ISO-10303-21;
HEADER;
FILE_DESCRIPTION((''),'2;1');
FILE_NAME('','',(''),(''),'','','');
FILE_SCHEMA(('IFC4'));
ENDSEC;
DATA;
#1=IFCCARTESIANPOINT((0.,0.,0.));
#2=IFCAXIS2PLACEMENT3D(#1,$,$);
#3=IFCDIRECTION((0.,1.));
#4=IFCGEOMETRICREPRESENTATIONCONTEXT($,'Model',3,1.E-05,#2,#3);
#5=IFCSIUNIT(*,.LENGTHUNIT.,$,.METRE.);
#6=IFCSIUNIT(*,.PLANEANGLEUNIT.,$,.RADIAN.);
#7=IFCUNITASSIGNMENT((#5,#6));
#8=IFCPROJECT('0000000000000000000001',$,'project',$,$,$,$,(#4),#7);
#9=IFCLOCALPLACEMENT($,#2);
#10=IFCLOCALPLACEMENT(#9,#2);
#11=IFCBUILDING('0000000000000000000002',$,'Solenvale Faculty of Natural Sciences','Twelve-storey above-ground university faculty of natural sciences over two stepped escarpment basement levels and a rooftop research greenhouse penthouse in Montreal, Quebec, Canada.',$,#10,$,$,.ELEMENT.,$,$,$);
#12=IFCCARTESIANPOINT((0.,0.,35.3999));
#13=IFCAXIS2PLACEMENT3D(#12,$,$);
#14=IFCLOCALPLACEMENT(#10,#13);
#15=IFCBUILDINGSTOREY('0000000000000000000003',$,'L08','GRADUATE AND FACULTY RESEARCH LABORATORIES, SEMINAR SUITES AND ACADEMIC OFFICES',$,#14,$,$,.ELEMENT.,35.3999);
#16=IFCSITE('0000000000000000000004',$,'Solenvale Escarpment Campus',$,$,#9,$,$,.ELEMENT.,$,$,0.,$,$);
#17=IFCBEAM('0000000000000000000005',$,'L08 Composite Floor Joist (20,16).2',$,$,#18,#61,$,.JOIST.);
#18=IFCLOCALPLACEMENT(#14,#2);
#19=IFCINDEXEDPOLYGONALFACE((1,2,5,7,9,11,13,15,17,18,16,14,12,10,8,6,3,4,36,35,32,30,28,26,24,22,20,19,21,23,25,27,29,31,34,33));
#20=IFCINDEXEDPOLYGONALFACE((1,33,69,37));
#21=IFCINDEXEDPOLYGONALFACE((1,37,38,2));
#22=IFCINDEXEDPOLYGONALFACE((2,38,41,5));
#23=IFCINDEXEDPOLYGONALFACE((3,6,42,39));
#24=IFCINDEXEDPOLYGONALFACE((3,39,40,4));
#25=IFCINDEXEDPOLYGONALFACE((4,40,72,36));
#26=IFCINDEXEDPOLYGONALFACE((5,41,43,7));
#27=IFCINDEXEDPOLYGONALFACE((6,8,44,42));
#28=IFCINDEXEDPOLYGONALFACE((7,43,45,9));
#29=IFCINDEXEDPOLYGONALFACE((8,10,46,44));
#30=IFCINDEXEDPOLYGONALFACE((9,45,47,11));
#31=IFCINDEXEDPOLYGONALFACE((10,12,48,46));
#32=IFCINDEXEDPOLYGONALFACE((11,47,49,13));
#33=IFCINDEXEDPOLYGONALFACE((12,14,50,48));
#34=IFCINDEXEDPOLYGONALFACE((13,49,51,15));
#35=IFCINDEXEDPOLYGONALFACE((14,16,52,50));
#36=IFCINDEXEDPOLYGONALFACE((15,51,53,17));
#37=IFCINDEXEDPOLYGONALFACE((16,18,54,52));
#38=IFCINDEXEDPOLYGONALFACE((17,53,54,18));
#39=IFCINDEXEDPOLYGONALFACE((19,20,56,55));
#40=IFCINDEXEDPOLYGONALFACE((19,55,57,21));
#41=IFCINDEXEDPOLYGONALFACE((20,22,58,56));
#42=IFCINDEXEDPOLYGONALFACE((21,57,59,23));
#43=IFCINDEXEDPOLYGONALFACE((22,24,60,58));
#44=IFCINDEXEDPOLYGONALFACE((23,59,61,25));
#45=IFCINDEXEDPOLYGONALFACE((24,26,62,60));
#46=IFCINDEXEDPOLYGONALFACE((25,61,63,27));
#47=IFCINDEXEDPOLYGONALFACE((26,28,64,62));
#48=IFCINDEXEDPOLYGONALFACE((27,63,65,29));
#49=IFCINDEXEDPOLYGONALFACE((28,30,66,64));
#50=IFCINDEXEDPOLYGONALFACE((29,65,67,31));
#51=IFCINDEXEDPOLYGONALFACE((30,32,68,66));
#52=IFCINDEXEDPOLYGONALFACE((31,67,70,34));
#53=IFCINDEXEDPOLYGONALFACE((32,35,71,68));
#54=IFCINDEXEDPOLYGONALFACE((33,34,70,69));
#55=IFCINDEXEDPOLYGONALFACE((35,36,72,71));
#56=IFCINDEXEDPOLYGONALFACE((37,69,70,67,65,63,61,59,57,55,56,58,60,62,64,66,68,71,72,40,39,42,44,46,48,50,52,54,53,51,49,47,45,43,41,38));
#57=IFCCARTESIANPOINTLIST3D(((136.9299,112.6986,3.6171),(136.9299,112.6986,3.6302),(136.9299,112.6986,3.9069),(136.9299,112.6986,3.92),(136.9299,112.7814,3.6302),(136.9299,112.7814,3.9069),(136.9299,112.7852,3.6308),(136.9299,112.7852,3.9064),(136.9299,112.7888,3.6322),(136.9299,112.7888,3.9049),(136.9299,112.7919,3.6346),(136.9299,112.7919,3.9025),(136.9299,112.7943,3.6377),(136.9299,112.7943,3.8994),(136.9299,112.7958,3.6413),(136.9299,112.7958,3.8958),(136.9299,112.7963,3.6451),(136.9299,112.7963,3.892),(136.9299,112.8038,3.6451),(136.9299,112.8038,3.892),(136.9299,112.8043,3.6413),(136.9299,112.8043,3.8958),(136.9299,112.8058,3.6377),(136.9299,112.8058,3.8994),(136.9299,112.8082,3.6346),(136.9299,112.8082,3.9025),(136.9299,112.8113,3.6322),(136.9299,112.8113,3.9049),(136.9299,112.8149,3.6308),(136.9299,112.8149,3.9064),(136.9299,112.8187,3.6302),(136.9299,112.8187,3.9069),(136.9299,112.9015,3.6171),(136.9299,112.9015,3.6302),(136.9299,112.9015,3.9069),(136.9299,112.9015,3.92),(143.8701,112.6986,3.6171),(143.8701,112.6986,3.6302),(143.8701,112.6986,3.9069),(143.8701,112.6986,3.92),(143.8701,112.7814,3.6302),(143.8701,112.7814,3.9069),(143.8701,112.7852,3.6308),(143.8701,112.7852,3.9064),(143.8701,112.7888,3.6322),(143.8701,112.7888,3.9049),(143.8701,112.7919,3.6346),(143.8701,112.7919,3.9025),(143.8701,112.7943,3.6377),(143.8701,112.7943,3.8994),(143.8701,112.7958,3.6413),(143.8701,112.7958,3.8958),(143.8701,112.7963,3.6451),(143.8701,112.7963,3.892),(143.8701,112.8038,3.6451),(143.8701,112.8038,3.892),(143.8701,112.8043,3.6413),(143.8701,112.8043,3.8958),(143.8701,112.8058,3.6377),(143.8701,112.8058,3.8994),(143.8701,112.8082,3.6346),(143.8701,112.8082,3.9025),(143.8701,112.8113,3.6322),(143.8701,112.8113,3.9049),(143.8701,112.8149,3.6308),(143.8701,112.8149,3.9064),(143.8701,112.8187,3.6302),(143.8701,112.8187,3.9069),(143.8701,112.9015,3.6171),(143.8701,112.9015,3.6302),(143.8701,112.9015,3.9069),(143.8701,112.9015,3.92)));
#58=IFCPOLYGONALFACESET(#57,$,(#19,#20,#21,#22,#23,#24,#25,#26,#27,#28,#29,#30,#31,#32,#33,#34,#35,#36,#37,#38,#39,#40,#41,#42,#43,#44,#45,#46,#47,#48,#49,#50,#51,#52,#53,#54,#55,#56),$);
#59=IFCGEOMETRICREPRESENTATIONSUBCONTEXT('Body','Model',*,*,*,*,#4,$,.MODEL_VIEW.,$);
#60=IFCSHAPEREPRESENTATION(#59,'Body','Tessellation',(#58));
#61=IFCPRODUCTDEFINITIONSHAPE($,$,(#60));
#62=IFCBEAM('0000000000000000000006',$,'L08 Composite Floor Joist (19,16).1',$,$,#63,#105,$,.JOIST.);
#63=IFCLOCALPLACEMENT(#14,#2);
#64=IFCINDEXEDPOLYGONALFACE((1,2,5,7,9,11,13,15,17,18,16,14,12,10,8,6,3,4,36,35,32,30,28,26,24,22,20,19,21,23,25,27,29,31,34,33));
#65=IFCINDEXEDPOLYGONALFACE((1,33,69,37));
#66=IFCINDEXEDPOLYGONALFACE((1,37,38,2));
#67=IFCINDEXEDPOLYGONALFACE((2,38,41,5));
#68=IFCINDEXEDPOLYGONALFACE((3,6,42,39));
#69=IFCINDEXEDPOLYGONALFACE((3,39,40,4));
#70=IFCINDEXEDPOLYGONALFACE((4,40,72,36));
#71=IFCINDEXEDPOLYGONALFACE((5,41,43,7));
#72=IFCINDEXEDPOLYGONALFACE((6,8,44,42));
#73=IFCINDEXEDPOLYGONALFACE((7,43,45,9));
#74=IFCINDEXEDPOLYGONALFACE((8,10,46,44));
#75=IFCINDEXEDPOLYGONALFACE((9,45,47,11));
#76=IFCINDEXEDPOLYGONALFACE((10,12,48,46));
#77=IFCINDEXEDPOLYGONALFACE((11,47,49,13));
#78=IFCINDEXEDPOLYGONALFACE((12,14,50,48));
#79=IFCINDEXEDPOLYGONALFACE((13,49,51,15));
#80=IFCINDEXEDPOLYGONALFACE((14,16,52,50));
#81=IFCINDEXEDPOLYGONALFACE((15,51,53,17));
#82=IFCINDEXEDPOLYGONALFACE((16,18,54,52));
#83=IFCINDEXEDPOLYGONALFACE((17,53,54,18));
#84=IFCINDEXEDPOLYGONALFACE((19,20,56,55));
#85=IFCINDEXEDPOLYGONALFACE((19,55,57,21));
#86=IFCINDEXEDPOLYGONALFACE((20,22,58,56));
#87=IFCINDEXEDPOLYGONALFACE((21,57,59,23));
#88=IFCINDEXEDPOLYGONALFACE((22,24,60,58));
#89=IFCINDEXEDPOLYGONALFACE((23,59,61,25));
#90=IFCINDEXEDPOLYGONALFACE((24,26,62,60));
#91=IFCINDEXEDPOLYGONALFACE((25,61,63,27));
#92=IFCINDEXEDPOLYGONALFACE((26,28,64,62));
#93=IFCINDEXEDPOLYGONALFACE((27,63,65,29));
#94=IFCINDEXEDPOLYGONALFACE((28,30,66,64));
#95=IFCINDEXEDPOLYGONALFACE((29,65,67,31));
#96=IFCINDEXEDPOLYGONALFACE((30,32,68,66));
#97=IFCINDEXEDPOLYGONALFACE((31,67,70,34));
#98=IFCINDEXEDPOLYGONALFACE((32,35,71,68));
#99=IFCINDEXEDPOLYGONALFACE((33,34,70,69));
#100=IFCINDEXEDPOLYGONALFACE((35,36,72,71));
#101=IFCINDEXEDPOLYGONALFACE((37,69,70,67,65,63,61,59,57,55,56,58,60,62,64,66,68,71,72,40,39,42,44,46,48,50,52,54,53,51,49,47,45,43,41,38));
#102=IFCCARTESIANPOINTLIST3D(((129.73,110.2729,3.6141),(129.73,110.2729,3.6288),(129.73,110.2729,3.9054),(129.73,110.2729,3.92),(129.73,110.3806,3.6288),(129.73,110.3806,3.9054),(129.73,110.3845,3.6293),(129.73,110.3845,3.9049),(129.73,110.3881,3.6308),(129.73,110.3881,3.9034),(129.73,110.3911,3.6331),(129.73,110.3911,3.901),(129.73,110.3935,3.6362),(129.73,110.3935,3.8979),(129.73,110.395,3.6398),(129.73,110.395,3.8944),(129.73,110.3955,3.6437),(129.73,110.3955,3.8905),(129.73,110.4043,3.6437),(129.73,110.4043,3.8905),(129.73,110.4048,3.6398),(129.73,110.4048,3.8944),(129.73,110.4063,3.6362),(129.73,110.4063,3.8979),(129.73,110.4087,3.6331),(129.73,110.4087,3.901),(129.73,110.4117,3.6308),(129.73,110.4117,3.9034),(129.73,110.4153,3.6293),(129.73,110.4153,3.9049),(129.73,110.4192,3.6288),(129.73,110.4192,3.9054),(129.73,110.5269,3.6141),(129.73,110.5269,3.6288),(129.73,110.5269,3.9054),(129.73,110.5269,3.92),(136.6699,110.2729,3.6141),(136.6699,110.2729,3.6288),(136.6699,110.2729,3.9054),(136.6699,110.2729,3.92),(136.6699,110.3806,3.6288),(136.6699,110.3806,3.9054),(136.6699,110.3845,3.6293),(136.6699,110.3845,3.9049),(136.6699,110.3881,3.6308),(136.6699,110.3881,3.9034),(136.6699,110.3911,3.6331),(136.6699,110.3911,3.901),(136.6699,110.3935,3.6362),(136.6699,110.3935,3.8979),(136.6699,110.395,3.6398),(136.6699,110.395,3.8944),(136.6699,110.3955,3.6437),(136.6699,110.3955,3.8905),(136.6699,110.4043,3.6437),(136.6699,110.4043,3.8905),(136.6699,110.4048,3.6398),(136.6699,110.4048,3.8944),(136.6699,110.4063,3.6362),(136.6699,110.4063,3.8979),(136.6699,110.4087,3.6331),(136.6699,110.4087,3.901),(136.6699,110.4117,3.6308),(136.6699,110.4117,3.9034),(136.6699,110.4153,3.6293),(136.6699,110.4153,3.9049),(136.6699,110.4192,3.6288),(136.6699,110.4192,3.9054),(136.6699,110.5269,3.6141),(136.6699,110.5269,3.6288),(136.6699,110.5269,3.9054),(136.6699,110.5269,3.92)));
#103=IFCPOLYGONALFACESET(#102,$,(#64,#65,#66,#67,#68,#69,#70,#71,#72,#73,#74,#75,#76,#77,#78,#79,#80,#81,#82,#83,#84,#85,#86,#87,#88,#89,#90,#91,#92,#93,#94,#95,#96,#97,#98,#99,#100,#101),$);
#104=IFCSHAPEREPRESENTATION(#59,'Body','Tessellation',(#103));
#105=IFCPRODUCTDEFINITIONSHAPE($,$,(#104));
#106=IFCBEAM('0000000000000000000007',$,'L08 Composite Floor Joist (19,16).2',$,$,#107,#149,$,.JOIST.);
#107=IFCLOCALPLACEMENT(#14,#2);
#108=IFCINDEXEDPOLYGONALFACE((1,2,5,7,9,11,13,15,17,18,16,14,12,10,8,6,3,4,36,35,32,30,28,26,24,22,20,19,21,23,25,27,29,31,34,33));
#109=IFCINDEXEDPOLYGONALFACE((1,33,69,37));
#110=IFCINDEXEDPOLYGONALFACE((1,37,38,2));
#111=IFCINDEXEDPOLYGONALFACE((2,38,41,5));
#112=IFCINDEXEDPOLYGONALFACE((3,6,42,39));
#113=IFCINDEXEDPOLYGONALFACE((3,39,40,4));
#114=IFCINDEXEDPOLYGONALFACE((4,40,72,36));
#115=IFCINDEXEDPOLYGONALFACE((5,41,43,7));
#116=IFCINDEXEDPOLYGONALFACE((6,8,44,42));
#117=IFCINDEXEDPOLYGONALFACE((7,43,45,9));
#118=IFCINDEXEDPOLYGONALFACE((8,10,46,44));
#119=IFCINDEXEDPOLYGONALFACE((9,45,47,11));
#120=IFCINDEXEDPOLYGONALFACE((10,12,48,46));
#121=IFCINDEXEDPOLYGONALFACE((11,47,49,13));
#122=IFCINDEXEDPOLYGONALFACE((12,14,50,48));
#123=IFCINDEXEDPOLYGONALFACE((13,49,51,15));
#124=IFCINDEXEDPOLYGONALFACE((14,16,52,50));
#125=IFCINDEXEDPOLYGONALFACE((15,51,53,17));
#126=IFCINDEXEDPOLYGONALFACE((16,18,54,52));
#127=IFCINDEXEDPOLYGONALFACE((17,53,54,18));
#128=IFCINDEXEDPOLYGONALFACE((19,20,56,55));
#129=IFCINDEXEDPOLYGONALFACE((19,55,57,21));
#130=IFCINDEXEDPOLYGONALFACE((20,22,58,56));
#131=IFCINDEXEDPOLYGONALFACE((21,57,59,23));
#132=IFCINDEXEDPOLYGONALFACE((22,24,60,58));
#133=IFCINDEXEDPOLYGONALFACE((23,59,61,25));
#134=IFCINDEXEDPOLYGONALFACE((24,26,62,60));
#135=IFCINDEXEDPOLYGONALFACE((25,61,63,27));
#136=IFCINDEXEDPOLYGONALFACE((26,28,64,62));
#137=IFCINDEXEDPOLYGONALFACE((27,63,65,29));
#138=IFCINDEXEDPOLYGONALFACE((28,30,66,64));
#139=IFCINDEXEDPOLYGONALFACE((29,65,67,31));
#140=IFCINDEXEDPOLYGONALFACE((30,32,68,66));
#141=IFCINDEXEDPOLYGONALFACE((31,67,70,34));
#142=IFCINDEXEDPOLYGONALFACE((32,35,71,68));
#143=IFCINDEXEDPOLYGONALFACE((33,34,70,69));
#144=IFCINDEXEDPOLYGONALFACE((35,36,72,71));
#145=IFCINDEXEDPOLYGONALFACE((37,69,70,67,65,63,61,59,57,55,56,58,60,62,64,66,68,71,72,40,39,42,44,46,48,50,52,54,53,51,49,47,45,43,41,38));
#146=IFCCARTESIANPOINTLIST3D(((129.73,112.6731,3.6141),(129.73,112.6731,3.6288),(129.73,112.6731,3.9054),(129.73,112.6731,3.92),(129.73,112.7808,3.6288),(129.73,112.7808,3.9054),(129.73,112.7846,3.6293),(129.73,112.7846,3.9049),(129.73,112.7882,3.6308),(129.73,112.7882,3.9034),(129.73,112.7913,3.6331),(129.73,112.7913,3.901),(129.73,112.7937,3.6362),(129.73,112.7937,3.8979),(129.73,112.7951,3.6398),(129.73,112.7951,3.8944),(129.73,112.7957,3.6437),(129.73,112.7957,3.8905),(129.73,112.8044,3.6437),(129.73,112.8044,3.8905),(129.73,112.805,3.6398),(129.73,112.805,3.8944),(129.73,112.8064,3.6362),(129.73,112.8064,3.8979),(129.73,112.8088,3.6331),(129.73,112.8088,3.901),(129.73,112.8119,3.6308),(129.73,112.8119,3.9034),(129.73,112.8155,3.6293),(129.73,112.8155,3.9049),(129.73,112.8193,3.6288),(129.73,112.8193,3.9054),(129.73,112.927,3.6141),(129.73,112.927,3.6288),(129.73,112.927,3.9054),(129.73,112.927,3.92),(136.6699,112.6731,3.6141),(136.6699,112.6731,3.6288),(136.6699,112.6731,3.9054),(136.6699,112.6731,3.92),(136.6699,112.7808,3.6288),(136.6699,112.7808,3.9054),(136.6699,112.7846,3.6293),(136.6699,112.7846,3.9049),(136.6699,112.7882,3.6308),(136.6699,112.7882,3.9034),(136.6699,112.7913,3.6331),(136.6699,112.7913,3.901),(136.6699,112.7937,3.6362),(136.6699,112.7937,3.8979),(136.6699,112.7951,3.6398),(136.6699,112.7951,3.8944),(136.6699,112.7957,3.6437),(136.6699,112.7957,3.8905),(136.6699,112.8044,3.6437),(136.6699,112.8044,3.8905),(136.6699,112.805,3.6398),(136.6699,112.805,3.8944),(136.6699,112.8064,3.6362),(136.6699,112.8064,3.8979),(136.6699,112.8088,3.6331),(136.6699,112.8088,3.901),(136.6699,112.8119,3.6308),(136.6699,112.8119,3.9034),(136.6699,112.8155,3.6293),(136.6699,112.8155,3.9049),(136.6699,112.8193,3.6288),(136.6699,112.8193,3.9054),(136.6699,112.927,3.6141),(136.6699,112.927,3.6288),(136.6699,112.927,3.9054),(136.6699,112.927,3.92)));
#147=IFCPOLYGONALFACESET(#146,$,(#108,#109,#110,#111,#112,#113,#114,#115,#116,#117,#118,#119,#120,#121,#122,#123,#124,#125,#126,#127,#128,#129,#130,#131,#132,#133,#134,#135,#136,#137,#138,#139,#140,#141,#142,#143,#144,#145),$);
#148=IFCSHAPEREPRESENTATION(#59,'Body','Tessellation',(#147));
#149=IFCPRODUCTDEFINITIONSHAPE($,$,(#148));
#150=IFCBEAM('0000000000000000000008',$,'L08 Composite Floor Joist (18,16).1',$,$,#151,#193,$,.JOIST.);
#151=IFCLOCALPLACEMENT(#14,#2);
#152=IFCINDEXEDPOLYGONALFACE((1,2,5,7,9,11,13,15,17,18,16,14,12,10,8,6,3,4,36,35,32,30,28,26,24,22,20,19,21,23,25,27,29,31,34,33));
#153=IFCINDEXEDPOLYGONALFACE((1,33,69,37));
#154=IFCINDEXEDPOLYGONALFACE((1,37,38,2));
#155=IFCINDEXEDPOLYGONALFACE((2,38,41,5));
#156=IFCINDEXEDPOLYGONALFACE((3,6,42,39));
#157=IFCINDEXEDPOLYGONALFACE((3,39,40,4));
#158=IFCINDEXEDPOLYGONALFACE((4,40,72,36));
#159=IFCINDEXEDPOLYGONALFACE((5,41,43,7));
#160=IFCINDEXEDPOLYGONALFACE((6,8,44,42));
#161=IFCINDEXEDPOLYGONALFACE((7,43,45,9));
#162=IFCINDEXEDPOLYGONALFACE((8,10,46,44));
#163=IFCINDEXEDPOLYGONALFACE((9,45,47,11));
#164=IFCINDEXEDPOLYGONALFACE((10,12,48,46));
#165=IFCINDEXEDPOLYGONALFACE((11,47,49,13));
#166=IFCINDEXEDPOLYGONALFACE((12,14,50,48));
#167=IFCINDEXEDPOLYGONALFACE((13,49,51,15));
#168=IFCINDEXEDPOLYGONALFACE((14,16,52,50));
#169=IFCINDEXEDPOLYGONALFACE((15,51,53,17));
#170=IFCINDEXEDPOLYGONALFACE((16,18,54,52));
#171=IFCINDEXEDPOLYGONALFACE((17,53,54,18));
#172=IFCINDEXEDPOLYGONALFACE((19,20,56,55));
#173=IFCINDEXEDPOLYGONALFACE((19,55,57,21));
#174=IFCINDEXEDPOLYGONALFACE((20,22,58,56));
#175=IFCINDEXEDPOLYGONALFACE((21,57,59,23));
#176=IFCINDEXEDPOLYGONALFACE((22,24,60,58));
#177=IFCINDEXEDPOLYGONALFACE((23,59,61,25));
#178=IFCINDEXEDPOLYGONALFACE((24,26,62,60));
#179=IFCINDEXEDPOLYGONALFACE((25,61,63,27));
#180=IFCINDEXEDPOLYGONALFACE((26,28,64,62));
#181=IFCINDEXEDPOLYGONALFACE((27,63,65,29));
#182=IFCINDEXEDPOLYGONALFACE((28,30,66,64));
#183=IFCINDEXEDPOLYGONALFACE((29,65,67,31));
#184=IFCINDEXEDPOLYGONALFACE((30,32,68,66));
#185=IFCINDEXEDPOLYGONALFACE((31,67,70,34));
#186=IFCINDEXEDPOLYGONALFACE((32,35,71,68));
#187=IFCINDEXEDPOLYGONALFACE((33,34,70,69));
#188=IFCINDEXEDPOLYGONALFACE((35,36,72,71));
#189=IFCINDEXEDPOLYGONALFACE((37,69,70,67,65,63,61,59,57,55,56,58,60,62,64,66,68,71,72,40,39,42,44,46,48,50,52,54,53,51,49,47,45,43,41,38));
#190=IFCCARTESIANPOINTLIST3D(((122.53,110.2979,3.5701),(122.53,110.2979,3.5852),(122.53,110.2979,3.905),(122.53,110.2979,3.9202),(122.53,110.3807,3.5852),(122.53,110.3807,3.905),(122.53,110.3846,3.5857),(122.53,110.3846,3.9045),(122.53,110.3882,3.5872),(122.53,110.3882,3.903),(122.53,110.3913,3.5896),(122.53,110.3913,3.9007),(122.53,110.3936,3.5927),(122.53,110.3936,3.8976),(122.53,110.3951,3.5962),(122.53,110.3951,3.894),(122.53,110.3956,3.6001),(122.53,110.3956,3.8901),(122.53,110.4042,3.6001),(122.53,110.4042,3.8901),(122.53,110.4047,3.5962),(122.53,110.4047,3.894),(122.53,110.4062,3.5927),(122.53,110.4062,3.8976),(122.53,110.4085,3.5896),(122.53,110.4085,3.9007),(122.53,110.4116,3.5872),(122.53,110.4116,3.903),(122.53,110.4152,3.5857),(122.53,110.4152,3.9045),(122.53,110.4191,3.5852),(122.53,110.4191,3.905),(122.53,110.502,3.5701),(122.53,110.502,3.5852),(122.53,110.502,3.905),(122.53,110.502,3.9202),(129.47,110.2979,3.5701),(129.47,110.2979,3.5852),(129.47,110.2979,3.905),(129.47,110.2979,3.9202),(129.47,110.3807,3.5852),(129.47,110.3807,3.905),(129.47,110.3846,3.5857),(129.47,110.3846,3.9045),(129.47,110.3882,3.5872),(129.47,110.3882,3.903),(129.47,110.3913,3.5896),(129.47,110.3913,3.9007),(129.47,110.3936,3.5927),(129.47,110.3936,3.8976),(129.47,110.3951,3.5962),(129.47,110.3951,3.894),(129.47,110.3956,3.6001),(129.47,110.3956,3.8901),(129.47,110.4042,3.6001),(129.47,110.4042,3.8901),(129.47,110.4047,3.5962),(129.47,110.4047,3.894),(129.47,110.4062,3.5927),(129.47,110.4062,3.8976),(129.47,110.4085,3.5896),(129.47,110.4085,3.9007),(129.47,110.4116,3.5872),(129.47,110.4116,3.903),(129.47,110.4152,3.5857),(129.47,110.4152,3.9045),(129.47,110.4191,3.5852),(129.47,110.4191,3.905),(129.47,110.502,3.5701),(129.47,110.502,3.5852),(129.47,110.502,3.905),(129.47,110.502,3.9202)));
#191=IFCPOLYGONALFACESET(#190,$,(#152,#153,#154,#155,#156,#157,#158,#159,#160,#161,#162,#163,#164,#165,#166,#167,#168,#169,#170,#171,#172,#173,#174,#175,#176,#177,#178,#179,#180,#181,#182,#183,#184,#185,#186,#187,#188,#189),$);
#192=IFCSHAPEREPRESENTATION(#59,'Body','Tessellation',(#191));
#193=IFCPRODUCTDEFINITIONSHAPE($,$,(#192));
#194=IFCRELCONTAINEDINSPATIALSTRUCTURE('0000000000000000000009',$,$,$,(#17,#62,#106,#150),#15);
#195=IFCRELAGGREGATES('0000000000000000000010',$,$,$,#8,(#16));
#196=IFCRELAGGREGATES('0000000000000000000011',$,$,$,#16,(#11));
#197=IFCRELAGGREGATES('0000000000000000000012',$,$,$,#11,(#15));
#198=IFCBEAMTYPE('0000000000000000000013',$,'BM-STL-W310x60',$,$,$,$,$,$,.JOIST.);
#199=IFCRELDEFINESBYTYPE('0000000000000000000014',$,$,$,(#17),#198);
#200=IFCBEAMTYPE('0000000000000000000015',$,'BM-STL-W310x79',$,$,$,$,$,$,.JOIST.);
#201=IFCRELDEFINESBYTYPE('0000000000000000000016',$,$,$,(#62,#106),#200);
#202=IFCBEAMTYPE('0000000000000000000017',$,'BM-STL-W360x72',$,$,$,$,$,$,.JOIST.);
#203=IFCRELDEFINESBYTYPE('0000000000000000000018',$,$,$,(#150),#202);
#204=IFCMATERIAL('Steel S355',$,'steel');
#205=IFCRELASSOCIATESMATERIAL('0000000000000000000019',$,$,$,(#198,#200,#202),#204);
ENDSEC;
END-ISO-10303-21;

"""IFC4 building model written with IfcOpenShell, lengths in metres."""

from ifc_helpers import new_model, si_unit, direction, frame, origin, origin_2d, place, context, subcontext, project, spatial, i_section, extrude, material, material_profile, profile_set, type_object, element, save


model = new_model("IFC4")

# Units and contexts
model_context = context("Model", 3, precision=1e-05, world=origin(), true_north=direction((0.0, 1.0)))
body_context = subcontext(model_context, "Body", "Model", "MODEL_VIEW")
ifc_project = project(units=[si_unit("LENGTHUNIT", "METRE"), si_unit("PLANEANGLEUNIT", "RADIAN")], contexts=[model_context])

# Site, building, storey
site_placement = place(None, origin())
site = spatial("IfcSite", under=ifc_project, at=site_placement, Name="Solenvale Escarpment Campus", CompositionType="ELEMENT", RefElevation=0.0)
building_placement = place(site_placement, origin())
building = spatial("IfcBuilding", under=site, at=building_placement, Name="Solenvale Faculty of Natural Sciences", Description="Twelve-storey above-ground university faculty of natural sciences over two stepped escarpment basement levels and a rooftop research greenhouse penthouse in Montreal, Quebec, Canada.", CompositionType="ELEMENT")
storey_placement = place(building_placement, frame((0.0, 0.0, 35.3999)))
storey = spatial("IfcBuildingStorey", under=building, at=storey_placement, Name="L08", Description="GRADUATE AND FACULTY RESEARCH LABORATORIES, SEMINAR SUITES AND ACADEMIC OFFICES", CompositionType="ELEMENT", Elevation=35.3999)

# Beams
ifc_material_1 = material(Name="Steel S355", Category="steel")
ifc_material_profile_1 = material_profile(ifc_material_1, i_section(OverallWidth=0.2029, OverallDepth=0.303, WebThickness=0.0076, FlangeThickness=0.0132, FilletRadius=0.0149, at=origin_2d()), Name="W310x60")
ifc_profile_set_1 = profile_set([ifc_material_profile_1], Name="Steel S355")
beam_type_1 = type_object("IfcBeamType", Name="BM-STL-W310x60", PredefinedType="JOIST", material=ifc_profile_set_1)
for number, where, z_axis, x_axis, name in (
    (1, (136.9299, 112.8, 3.7686), (1.0, 0.0, 0.0), (0.0, 1.0, 0.0), "L08 Composite Floor Joist (20,16).2"),
):
    element("IfcBeam", number, at=place(storey_placement, frame(where, z_axis=z_axis, x_axis=x_axis)), inside=storey, type_object=beam_type_1, Name=name, PredefinedType="JOIST", context=body_context, shape_type="SweptSolid", body=[
        extrude(i_section(OverallWidth=0.2029, OverallDepth=0.303, WebThickness=0.0076, FlangeThickness=0.0132, FilletRadius=0.0149, at=origin_2d()), origin(), (0.0, 0.0, 1.0), 6.9402),
    ])
ifc_material_profile_2 = material_profile(ifc_material_1, i_section(OverallWidth=0.2539, OverallDepth=0.3059, WebThickness=0.0088, FlangeThickness=0.0146, FilletRadius=0.0149, at=origin_2d()), Name="W310x79")
ifc_profile_set_2 = profile_set([ifc_material_profile_2], Name="Steel S355")
beam_type_2 = type_object("IfcBeamType", Name="BM-STL-W310x79", PredefinedType="JOIST", material=ifc_profile_set_2)
for number, where, z_axis, x_axis, name in (
    (2, (129.73, 110.3999, 3.7671), (1.0, 0.0, 0.0), (0.0, 1.0, 0.0), "L08 Composite Floor Joist (19,16).1"),
    (3, (129.73, 112.8, 3.7671), (1.0, 0.0, 0.0), (0.0, 1.0, 0.0), "L08 Composite Floor Joist (19,16).2"),
):
    element("IfcBeam", number, at=place(storey_placement, frame(where, z_axis=z_axis, x_axis=x_axis)), inside=storey, type_object=beam_type_2, Name=name, PredefinedType="JOIST", context=body_context, shape_type="SweptSolid", body=[
        extrude(i_section(OverallWidth=0.2539, OverallDepth=0.3059, WebThickness=0.0088, FlangeThickness=0.0146, FilletRadius=0.0149, at=origin_2d()), origin(), (0.0, 0.0, 1.0), 6.9399),
    ])
ifc_material_profile_3 = material_profile(ifc_material_1, i_section(OverallWidth=0.2041, OverallDepth=0.3501, WebThickness=0.0085, FlangeThickness=0.0151, FilletRadius=0.0149, at=origin_2d()), Name="W360x72")
ifc_profile_set_3 = profile_set([ifc_material_profile_3], Name="Steel S355")
beam_type_3 = type_object("IfcBeamType", Name="BM-STL-W360x72", PredefinedType="JOIST", material=ifc_profile_set_3)
for number, where, z_axis, x_axis, name in (
    (4, (122.53, 110.3999, 3.7451), (1.0, 0.0, 0.0), (0.0, 1.0, 0.0), "L08 Composite Floor Joist (18,16).1"),
):
    element("IfcBeam", number, at=place(storey_placement, frame(where, z_axis=z_axis, x_axis=x_axis)), inside=storey, type_object=beam_type_3, Name=name, PredefinedType="JOIST", context=body_context, shape_type="SweptSolid", body=[
        extrude(i_section(OverallWidth=0.2041, OverallDepth=0.3501, WebThickness=0.0085, FlangeThickness=0.0151, FilletRadius=0.0149, at=origin_2d()), origin(), (0.0, 0.0, 1.0), 6.9399),
    ])

save(model, "model.ifc")
